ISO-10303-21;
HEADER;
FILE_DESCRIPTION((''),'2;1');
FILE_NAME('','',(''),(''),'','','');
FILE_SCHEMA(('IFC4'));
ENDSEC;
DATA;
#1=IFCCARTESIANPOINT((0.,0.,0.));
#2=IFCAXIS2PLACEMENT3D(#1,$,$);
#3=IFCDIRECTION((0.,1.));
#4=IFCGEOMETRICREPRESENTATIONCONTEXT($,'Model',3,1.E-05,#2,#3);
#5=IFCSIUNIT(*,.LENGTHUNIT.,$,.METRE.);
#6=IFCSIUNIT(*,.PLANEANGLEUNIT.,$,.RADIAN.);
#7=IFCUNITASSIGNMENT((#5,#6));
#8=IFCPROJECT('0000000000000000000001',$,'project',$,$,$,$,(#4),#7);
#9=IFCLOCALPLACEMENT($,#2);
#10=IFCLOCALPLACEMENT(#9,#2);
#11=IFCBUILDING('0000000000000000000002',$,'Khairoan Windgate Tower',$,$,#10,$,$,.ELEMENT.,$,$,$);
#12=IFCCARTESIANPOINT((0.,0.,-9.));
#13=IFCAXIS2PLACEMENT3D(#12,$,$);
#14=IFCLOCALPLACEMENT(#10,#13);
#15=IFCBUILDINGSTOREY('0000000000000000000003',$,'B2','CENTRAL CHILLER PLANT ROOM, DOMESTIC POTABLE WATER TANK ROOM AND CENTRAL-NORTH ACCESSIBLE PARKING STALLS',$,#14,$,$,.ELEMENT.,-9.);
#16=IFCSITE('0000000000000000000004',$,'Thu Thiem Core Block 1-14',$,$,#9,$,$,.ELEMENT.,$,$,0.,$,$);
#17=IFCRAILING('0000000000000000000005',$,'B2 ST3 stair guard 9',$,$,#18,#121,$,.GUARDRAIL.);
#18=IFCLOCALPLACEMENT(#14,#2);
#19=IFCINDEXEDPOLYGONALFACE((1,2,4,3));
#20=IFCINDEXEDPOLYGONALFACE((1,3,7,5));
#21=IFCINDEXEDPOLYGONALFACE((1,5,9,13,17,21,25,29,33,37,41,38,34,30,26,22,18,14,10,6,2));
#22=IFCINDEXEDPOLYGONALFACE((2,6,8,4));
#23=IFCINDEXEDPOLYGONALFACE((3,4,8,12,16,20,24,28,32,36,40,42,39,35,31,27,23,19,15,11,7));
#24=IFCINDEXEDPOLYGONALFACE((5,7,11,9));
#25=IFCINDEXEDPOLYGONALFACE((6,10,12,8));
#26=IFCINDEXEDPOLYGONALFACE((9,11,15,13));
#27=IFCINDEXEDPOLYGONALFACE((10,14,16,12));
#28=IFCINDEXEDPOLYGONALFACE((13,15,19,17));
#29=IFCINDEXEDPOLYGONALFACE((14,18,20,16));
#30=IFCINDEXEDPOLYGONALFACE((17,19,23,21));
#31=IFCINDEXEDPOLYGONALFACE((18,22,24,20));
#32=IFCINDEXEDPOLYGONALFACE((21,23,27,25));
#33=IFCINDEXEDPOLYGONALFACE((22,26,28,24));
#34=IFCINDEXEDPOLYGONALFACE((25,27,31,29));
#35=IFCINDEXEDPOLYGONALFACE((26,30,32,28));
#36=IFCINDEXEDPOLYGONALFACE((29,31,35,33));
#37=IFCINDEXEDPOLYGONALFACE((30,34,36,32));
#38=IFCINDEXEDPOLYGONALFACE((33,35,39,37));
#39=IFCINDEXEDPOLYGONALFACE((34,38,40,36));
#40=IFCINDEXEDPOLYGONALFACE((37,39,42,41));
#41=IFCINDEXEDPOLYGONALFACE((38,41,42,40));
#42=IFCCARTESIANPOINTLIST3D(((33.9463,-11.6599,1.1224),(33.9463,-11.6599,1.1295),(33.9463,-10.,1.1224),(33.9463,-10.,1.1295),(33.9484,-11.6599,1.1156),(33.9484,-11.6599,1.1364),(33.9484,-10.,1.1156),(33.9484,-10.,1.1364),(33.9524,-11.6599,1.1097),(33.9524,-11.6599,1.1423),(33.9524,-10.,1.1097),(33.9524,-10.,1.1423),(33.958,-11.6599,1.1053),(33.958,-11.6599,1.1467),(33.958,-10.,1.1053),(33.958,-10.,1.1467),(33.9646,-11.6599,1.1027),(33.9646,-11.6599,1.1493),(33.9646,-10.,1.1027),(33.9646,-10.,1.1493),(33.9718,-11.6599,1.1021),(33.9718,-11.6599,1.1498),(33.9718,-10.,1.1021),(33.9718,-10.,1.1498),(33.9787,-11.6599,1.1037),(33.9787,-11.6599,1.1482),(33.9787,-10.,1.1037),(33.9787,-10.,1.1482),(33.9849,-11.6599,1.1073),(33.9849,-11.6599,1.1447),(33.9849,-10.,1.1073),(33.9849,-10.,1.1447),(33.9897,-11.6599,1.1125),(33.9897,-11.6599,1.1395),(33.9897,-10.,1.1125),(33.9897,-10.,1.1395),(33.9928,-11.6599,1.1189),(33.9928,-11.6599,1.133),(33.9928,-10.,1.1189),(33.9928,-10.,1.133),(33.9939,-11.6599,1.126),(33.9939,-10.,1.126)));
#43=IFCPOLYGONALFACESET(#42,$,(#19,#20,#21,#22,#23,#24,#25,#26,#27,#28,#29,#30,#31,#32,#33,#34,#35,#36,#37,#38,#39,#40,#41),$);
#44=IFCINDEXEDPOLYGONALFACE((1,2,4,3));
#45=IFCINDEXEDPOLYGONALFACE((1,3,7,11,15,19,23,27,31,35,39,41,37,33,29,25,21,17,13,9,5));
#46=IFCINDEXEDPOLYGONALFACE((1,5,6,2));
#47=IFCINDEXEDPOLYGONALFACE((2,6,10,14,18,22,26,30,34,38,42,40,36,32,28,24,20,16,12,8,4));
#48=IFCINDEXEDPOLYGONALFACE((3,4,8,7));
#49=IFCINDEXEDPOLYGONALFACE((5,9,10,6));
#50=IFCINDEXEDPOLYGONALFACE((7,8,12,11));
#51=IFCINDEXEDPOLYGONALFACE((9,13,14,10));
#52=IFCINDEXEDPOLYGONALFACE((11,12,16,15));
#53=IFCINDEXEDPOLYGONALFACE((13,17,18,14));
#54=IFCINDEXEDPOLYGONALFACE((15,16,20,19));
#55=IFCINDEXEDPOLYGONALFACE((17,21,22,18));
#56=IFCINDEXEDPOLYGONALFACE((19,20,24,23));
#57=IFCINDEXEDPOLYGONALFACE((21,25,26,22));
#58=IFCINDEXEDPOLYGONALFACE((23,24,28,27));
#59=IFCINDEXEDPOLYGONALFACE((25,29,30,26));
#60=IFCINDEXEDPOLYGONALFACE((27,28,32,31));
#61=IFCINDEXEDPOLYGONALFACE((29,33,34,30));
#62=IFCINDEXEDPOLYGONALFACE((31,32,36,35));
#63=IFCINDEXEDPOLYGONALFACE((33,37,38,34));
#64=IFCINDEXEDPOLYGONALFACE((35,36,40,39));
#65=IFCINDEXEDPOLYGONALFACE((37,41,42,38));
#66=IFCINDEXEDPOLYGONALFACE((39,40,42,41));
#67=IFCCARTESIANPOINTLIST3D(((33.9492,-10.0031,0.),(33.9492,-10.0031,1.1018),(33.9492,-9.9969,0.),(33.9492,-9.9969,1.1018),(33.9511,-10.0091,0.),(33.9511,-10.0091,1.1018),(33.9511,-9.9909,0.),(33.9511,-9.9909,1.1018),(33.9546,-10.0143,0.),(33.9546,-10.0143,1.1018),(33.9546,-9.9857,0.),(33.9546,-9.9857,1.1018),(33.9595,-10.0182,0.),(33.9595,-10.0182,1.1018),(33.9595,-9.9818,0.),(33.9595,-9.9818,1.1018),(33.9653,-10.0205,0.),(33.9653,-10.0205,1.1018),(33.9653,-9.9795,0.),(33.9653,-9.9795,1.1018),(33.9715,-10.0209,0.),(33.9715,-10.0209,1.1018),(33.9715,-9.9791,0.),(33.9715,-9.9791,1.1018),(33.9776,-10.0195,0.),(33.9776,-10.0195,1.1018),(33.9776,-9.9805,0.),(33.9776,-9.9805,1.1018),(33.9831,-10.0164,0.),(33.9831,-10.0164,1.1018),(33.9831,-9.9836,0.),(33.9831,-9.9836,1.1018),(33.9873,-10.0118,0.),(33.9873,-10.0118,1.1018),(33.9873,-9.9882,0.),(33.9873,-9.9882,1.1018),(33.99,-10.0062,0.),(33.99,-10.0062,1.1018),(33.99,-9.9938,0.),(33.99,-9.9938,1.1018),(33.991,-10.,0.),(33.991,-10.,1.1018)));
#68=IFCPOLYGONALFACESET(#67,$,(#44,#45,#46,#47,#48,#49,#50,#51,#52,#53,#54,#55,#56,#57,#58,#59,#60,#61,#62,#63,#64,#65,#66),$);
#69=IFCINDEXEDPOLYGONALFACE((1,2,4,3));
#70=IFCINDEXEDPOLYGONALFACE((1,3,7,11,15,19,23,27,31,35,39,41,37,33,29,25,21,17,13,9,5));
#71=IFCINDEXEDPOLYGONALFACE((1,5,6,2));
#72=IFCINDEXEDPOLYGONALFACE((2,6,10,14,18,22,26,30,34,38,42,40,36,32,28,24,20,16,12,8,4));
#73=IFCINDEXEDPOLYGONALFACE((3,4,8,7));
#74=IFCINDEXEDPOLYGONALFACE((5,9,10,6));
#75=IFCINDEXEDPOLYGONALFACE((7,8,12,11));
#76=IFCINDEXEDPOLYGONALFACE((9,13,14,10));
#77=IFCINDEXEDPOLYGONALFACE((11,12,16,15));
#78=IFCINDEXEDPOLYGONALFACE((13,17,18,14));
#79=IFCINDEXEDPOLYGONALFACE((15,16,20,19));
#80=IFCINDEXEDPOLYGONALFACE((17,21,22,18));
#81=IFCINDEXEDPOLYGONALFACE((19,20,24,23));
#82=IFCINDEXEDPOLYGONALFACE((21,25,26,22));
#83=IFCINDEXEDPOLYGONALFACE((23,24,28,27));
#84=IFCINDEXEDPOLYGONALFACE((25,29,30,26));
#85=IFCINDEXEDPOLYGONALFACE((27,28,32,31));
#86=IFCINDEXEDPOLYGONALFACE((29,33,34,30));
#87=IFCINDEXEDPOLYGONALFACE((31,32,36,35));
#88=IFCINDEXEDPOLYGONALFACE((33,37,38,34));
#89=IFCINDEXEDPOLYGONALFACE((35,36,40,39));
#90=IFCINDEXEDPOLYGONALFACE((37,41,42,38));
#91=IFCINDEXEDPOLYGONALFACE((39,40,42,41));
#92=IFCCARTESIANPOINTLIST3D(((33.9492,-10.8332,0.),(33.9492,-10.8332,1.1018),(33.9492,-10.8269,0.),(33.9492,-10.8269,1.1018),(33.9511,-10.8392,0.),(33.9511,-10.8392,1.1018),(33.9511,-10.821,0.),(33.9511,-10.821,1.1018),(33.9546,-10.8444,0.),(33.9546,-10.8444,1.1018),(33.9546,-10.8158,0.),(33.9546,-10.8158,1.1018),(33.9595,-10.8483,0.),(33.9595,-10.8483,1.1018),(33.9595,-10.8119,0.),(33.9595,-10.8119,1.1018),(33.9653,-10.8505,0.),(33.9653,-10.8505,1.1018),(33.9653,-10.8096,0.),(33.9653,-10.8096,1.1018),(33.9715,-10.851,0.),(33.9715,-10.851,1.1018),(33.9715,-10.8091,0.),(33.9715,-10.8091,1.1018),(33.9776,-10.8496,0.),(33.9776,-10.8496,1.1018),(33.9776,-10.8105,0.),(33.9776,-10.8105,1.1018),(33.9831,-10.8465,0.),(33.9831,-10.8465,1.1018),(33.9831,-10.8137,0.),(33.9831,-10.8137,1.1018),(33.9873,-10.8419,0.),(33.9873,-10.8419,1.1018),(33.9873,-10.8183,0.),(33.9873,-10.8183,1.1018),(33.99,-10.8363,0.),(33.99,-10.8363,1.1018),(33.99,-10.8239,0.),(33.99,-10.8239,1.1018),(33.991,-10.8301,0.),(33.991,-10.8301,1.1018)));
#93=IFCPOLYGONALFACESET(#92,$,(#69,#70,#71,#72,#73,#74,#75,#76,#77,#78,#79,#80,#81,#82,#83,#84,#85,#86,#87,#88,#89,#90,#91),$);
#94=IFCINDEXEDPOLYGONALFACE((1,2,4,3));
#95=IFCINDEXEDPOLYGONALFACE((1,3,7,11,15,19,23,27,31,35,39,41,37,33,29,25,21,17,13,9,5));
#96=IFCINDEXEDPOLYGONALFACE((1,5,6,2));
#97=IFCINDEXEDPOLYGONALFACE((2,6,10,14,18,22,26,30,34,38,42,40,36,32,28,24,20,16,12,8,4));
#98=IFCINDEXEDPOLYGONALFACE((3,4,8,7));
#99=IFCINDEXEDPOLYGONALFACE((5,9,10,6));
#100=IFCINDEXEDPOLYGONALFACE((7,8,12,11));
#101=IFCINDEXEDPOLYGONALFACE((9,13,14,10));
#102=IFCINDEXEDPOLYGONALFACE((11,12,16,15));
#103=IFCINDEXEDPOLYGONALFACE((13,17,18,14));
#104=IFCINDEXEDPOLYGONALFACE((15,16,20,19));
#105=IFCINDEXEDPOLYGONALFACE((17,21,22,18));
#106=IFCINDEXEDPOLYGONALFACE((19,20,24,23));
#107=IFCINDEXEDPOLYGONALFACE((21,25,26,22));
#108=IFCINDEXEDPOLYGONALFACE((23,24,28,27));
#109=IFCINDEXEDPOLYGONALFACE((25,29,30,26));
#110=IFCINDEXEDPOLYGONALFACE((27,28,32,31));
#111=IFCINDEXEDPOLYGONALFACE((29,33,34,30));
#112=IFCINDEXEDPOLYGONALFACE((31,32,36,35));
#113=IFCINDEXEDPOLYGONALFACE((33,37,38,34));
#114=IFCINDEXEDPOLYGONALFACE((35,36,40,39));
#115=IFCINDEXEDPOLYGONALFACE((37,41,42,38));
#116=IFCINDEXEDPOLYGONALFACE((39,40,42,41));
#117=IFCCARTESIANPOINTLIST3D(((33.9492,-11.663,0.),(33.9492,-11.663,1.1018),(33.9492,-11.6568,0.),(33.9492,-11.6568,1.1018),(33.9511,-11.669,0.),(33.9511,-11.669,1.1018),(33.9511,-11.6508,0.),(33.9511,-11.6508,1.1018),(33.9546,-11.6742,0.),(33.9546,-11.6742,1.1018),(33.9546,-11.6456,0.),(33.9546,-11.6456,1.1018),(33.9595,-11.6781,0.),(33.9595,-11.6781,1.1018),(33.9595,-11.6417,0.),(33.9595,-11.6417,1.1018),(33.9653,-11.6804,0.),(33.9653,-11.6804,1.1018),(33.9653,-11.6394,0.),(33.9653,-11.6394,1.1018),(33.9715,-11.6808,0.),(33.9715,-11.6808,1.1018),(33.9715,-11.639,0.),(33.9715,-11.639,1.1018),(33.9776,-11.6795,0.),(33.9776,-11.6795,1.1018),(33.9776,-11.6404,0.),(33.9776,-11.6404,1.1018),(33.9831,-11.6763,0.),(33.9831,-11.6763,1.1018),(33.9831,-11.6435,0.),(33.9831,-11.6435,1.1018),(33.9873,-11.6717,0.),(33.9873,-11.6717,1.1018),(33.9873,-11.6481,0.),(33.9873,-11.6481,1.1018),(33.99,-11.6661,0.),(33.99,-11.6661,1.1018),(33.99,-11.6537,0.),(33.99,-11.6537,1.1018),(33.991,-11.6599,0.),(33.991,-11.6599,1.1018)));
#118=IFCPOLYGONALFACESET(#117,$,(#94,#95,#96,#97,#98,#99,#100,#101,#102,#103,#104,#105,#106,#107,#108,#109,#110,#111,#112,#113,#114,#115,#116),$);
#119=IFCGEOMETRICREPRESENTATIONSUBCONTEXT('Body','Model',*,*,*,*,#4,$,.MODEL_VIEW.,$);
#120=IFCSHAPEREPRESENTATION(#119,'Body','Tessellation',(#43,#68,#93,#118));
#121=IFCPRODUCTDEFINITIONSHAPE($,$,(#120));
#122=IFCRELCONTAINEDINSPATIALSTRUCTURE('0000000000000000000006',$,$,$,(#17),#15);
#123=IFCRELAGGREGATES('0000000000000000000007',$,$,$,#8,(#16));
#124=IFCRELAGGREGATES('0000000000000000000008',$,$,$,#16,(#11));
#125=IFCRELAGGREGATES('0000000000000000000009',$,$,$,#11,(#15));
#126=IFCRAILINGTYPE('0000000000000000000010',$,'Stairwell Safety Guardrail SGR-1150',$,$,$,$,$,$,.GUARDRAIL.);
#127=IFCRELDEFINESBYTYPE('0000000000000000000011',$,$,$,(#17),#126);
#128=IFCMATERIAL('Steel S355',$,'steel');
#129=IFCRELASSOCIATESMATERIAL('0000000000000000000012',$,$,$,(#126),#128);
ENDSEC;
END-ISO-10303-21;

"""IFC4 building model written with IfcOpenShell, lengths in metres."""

from ifc_helpers import new_model, si_unit, direction, frame, origin, origin_2d, place, context, subcontext, project, spatial, circle, extrude, material, type_object, element, save


model = new_model("IFC4")

# Units and contexts
model_context = context("Model", 3, precision=1e-05, world=origin(), true_north=direction((0.0, 1.0)))
body_context = subcontext(model_context, "Body", "Model", "MODEL_VIEW")
ifc_project = project(units=[si_unit("LENGTHUNIT", "METRE"), si_unit("PLANEANGLEUNIT", "RADIAN")], contexts=[model_context])

# Site, building, storey
site_placement = place(None, origin())
site = spatial("IfcSite", under=ifc_project, at=site_placement, Name="Thu Thiem Core Block 1-14", CompositionType="ELEMENT", RefElevation=0.0)
building_placement = place(site_placement, origin())
building = spatial("IfcBuilding", under=site, at=building_placement, Name="Khairoan Windgate Tower", CompositionType="ELEMENT")
storey_placement = place(building_placement, frame((0.0, 0.0, -9.0)))
storey = spatial("IfcBuildingStorey", under=building, at=storey_placement, Name="B2", Description="CENTRAL CHILLER PLANT ROOM, DOMESTIC POTABLE WATER TANK ROOM AND CENTRAL-NORTH ACCESSIBLE PARKING STALLS", CompositionType="ELEMENT", Elevation=-9.0)

# Railing
ifc_material_1 = material(Name="Steel S355", Category="steel")
railing_type_1 = type_object("IfcRailingType", Name="Stairwell Safety Guardrail SGR-1150", PredefinedType="GUARDRAIL", material=ifc_material_1)
for number, where, name in (
    (1, (33.97, -10.0, 0.0), "B2 ST3 stair guard 9"),
):
    element("IfcRailing", number, at=place(storey_placement, frame(where)), inside=storey, type_object=railing_type_1, Name=name, PredefinedType="GUARDRAIL", context=body_context, shape_type="SweptSolid", body=[
        extrude(circle(Radius=0.0239, at=origin_2d()), frame((0.0, 0.0, 1.126), z_axis=(0.0, -1.0, 0.0), x_axis=(1.0, 0.0, 0.0)), (0.0, 0.0, 1.0), 1.6599),
        extrude(circle(Radius=0.021, at=origin_2d()), origin(), (0.0, 0.0, 1.0), 1.1018),
        extrude(circle(Radius=0.021, at=origin_2d()), frame((0.0, -0.8301, 0.0)), (0.0, 0.0, 1.0), 1.1018),
        extrude(circle(Radius=0.021, at=origin_2d()), frame((0.0, -1.6599, 0.0)), (0.0, 0.0, 1.0), 1.1018),
    ])

save(model, "model.ifc")
